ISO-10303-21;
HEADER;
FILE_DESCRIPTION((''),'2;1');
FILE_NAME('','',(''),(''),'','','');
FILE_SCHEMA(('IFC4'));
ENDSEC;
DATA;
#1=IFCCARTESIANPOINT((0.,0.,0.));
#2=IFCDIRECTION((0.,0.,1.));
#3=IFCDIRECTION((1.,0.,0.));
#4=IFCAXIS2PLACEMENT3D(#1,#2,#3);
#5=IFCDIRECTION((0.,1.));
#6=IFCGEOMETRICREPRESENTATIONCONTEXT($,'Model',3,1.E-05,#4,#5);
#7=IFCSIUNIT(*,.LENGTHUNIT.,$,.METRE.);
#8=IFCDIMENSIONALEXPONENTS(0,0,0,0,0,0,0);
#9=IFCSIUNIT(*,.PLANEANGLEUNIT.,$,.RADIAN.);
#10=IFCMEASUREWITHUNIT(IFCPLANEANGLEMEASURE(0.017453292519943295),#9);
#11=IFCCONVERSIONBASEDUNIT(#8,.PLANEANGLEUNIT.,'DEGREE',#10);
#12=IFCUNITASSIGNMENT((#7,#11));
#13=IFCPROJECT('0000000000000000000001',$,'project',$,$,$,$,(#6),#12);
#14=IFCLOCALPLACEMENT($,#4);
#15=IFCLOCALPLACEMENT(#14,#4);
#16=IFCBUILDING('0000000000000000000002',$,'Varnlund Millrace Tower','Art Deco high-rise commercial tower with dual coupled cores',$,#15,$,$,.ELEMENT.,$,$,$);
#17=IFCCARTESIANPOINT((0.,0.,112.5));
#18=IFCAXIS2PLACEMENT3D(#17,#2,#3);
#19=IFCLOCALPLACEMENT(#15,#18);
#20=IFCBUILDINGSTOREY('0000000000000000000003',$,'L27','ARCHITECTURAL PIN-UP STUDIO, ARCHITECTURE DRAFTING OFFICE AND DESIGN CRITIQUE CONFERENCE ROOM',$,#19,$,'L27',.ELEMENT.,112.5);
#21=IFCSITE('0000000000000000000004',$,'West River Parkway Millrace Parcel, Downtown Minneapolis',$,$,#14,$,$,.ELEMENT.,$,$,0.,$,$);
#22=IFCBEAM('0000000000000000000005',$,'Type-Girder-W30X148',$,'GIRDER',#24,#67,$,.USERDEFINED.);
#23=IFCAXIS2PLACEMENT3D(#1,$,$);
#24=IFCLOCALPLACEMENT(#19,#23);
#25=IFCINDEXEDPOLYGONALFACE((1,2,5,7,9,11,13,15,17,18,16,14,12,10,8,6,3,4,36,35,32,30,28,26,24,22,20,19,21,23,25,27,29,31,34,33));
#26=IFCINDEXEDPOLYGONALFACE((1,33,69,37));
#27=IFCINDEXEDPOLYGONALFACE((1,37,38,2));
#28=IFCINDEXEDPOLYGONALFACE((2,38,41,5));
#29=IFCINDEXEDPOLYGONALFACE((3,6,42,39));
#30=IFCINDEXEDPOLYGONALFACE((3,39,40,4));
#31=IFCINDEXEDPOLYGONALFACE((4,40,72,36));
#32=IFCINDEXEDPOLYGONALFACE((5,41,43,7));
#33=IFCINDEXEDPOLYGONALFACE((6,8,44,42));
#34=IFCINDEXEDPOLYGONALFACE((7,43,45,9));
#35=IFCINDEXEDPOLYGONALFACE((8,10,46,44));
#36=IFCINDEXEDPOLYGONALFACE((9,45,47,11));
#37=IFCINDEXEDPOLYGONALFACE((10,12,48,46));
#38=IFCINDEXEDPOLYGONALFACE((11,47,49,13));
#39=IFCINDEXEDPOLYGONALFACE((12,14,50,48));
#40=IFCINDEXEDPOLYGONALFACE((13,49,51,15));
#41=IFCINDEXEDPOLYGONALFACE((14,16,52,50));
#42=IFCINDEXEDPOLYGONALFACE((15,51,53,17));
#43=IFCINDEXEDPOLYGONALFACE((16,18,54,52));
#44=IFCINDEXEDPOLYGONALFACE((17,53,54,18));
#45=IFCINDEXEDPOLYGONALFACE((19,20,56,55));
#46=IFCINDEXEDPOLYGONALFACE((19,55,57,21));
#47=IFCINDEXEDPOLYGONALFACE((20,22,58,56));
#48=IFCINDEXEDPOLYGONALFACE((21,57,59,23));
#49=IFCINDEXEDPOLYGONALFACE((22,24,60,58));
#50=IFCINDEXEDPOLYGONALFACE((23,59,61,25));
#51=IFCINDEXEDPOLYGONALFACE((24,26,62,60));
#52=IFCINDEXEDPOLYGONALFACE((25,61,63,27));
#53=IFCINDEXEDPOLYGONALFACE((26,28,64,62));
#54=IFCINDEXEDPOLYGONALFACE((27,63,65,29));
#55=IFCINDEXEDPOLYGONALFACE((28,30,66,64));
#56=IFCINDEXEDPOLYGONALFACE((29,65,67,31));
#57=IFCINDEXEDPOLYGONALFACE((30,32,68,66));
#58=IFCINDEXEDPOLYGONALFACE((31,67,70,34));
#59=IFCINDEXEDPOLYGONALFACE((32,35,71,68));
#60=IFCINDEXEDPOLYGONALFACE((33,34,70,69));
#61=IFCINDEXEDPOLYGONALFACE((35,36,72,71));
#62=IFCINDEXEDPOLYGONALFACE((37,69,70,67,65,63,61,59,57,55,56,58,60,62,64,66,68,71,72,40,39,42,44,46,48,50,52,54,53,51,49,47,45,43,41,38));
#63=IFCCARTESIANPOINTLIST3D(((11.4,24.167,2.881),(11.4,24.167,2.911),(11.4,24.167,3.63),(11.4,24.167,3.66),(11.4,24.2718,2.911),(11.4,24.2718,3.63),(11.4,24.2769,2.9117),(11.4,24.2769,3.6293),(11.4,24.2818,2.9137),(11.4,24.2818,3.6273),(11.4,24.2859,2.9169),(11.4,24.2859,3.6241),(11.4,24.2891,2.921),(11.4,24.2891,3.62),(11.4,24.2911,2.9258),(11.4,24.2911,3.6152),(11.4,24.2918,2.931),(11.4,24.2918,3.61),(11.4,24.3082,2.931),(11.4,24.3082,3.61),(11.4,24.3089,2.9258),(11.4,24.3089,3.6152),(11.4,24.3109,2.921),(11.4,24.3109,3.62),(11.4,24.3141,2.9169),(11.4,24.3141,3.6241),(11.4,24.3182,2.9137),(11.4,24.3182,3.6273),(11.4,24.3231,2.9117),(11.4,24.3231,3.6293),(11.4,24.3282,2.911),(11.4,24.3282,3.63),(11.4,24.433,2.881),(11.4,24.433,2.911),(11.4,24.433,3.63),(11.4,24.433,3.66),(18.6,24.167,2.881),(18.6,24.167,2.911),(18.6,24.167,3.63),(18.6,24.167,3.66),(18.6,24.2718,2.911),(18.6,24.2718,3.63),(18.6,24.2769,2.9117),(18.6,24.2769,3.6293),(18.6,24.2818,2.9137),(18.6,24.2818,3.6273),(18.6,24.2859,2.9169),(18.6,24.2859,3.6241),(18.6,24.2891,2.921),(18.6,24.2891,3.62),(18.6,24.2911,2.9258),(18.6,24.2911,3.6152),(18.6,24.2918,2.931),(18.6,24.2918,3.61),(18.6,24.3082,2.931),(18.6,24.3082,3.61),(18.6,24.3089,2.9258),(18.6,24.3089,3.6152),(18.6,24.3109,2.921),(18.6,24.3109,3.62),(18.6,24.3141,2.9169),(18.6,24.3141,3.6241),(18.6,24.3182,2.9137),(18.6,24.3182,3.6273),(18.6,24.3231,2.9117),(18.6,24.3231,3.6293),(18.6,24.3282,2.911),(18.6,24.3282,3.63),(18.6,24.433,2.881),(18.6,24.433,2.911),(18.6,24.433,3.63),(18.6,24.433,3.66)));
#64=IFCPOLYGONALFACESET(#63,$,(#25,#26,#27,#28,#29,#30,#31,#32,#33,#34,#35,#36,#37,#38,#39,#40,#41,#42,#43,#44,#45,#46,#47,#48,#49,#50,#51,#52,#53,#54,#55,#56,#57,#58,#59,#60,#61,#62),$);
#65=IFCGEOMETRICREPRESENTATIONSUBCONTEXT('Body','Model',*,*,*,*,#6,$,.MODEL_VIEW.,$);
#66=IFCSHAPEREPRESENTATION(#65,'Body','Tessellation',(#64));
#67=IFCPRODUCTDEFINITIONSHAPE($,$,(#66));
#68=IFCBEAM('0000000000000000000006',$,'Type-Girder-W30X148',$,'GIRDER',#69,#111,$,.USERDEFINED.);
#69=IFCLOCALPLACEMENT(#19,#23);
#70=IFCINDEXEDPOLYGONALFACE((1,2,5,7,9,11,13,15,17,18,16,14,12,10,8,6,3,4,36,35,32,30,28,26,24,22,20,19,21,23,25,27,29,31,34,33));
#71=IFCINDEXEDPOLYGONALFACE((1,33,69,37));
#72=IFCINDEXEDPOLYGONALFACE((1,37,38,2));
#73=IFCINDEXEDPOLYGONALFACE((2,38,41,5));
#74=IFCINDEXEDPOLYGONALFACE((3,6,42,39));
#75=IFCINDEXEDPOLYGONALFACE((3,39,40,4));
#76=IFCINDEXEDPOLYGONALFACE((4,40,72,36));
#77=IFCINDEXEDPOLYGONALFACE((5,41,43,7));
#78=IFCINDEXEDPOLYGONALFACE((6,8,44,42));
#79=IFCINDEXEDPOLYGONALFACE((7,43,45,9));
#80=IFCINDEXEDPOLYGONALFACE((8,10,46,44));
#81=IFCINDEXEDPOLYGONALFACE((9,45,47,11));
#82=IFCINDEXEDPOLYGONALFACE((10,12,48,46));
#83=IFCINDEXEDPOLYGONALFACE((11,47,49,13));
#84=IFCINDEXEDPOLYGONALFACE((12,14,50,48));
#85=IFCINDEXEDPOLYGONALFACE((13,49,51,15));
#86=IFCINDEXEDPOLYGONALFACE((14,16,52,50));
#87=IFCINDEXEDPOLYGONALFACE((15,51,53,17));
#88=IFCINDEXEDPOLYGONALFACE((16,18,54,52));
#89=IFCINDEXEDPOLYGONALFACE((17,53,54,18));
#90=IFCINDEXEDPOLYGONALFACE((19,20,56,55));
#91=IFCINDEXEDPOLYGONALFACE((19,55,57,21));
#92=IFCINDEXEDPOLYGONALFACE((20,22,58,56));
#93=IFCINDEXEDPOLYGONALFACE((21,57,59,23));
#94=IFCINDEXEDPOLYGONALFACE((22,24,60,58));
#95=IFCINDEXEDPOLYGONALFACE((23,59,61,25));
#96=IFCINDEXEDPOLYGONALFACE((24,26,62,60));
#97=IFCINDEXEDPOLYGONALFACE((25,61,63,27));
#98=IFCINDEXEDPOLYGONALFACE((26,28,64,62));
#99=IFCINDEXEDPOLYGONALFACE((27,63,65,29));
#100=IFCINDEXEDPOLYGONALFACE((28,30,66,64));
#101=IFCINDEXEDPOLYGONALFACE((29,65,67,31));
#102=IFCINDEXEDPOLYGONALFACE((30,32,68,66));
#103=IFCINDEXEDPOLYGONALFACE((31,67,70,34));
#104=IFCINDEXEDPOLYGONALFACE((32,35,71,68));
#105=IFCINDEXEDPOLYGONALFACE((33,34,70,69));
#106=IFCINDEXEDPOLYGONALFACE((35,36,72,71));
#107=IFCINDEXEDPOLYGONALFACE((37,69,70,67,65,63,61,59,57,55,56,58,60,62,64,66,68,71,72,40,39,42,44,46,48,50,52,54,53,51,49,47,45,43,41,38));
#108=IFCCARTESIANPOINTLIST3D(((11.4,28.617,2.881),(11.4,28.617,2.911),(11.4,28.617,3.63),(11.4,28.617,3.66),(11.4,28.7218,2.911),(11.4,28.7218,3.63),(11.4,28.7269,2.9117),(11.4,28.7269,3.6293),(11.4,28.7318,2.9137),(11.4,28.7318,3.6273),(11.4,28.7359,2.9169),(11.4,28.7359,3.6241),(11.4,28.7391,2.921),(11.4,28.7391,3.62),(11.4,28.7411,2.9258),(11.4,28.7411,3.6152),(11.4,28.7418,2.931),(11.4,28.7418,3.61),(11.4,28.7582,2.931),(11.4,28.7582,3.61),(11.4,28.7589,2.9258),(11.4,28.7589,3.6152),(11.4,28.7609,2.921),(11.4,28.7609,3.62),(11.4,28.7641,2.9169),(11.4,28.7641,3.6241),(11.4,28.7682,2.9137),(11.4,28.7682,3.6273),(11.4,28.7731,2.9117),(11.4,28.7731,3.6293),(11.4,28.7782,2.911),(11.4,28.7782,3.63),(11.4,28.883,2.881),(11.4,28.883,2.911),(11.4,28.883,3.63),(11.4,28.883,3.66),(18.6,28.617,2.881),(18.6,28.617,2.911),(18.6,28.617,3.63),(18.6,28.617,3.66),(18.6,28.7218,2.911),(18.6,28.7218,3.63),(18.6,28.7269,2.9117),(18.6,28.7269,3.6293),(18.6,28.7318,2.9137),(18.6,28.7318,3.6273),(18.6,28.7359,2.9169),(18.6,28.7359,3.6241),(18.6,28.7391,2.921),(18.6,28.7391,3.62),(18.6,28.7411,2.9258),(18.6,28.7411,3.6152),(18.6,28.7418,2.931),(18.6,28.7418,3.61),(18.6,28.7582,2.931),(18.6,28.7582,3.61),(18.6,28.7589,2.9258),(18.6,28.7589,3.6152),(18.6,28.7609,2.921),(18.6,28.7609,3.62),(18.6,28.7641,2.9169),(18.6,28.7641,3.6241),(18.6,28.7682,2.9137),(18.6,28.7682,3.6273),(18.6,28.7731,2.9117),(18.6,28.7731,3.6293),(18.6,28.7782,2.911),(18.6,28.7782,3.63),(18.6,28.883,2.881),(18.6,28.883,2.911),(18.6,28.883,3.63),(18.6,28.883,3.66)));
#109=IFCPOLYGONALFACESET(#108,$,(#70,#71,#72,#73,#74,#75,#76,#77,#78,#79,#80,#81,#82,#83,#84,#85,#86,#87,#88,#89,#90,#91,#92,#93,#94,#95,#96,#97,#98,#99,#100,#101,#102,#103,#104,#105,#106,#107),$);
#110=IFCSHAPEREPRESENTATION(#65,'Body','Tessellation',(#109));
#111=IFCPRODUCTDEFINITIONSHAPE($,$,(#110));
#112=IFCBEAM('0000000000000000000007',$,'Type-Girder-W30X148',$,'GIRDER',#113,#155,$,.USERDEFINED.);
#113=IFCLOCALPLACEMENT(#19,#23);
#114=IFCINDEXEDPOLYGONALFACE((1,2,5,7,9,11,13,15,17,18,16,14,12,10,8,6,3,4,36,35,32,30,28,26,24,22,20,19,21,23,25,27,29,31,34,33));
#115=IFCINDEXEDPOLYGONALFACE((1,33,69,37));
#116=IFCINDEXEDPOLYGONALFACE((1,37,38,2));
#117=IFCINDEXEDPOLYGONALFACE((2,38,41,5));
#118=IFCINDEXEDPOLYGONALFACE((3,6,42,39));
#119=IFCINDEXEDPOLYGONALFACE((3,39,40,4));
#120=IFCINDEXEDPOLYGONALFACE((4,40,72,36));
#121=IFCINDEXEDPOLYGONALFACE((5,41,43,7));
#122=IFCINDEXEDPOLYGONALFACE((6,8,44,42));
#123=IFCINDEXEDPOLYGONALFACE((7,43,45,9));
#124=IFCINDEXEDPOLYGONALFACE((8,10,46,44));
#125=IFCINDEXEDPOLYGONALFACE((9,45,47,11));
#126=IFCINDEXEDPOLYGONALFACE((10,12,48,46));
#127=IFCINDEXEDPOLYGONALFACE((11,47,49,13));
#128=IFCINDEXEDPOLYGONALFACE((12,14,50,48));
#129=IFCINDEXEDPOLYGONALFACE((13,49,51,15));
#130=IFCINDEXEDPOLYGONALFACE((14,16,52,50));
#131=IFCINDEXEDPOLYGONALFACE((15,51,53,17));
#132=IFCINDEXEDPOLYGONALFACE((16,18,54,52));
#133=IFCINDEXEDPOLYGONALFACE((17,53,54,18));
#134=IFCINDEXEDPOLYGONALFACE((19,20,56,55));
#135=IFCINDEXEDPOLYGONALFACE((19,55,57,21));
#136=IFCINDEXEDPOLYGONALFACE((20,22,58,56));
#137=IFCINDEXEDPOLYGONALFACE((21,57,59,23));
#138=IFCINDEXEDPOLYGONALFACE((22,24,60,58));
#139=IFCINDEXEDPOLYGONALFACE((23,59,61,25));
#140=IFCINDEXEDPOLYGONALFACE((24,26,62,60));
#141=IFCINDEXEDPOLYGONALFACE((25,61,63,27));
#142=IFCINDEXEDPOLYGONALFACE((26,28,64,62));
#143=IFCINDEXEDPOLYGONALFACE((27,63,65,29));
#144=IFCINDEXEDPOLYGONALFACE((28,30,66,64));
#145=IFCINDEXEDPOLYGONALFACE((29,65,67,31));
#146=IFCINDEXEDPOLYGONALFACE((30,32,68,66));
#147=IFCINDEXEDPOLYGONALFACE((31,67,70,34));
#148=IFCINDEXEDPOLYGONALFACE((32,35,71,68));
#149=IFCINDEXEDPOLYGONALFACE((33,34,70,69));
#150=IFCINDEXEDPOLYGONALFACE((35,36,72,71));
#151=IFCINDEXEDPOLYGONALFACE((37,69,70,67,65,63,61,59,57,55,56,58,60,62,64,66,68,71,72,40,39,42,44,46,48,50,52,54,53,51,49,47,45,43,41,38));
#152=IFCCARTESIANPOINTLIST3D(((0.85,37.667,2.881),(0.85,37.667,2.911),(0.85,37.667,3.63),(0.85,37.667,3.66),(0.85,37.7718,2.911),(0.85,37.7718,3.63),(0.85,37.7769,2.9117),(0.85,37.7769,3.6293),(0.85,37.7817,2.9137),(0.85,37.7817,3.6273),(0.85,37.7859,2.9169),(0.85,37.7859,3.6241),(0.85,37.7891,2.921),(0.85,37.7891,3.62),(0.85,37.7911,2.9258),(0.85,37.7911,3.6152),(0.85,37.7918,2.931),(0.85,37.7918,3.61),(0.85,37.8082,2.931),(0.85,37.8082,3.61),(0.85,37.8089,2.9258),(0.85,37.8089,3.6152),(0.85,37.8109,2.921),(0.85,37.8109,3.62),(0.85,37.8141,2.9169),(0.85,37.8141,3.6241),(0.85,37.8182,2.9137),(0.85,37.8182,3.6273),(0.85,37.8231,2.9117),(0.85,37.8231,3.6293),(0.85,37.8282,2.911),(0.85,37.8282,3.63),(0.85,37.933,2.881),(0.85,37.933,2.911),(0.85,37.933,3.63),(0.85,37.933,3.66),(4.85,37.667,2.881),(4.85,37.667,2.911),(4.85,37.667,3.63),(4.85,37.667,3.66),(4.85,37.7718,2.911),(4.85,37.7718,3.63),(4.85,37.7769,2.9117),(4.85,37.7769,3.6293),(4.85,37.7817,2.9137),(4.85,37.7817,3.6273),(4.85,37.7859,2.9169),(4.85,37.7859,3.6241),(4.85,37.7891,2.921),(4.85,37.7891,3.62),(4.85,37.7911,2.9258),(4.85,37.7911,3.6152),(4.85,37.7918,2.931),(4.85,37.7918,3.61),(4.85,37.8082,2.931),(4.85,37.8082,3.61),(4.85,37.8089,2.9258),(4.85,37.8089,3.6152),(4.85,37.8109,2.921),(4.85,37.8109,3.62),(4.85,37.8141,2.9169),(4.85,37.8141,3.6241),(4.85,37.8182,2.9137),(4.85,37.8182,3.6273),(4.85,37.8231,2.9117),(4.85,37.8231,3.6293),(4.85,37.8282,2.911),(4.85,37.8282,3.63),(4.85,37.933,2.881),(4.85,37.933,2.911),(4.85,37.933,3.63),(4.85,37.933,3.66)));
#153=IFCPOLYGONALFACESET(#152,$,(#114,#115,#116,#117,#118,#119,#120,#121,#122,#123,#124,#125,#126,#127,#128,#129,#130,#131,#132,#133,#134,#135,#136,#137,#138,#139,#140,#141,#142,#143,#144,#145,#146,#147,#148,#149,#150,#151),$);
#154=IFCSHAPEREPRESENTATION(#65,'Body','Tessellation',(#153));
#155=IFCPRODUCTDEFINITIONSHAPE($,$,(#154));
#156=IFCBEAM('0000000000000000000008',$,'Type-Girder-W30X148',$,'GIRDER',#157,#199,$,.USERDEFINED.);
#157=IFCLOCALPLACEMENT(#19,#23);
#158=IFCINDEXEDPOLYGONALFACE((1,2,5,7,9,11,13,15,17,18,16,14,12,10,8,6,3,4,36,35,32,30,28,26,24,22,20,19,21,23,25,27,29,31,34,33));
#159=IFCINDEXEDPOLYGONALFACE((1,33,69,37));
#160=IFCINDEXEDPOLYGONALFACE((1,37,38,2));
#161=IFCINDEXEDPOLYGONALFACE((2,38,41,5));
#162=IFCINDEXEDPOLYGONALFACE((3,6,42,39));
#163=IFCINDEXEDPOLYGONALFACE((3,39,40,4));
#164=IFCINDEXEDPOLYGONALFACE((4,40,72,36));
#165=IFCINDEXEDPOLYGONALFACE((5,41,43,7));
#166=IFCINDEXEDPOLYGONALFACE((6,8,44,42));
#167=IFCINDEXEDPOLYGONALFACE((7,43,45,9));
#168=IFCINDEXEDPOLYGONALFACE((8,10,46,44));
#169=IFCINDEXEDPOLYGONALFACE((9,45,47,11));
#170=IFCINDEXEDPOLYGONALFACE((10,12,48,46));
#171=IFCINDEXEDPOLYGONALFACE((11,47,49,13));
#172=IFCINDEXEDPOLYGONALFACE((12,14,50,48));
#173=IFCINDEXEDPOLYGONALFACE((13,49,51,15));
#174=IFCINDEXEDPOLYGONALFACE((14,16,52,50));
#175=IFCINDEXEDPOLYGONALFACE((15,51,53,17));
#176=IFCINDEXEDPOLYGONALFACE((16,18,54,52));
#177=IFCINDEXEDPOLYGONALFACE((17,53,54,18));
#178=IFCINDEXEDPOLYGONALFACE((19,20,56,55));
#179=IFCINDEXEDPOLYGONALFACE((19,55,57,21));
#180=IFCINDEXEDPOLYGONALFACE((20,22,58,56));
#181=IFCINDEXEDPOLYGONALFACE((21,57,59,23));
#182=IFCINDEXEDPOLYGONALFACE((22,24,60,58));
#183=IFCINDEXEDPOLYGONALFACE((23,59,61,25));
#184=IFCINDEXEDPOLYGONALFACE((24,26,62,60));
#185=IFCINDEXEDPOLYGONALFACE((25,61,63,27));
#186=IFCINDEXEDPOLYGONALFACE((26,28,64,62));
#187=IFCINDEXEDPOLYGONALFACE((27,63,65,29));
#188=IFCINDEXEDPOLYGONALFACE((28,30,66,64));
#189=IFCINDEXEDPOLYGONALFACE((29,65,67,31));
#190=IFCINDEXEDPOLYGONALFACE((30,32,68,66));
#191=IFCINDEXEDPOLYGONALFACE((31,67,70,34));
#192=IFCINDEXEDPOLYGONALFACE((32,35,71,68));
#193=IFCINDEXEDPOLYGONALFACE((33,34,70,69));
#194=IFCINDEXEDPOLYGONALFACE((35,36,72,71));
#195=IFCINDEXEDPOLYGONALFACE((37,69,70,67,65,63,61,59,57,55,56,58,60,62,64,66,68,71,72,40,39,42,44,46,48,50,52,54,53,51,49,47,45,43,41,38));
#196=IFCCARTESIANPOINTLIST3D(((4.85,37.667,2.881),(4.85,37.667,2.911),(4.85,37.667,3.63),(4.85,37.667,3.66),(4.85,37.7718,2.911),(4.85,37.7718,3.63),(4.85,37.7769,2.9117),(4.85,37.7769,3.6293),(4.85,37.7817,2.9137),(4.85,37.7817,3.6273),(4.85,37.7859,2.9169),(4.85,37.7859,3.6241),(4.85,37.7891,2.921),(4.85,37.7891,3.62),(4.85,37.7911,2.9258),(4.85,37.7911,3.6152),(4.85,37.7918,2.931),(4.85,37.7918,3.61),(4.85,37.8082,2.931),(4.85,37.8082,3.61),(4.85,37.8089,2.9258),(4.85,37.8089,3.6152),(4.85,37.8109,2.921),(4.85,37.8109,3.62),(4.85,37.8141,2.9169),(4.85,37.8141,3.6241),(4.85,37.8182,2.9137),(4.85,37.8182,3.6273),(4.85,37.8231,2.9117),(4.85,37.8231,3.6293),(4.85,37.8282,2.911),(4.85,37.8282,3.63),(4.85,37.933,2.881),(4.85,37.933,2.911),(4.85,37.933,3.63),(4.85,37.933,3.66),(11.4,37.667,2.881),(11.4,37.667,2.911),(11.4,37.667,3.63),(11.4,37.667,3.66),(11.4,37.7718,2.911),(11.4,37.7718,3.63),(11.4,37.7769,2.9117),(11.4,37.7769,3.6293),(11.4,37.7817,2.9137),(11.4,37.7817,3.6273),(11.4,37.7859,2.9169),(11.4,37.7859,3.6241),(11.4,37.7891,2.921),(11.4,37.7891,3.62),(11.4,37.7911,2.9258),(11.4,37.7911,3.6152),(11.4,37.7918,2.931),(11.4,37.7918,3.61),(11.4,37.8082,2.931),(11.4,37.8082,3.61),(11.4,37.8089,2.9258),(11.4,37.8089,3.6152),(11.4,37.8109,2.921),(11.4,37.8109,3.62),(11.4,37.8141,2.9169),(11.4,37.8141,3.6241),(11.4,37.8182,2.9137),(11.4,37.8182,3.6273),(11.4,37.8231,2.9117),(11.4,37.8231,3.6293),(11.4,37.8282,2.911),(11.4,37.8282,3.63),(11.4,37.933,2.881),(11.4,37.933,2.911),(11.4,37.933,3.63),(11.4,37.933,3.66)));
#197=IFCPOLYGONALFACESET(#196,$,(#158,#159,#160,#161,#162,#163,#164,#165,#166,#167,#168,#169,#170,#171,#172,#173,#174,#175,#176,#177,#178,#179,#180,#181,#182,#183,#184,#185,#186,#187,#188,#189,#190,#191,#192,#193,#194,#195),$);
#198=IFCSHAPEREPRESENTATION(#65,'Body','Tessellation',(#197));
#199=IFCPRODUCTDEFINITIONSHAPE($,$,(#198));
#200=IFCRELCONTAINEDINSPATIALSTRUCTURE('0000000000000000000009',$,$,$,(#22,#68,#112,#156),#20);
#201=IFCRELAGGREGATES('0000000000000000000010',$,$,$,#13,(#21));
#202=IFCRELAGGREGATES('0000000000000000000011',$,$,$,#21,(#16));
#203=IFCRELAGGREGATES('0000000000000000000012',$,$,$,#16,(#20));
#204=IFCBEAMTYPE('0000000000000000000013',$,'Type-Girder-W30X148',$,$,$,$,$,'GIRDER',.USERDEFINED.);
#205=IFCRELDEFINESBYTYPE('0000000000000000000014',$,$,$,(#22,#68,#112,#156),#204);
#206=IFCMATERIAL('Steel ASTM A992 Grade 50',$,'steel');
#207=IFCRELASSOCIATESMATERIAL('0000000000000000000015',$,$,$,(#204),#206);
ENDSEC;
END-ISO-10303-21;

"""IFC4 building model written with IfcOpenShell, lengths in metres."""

from ifc_helpers import new_model, entity, si_unit, converted_unit, direction, frame, origin_with_axes, origin_2d_with_axis, place, context, subcontext, project, spatial, i_section, extrude, material, material_profile, profile_set, type_object, element, save


model = new_model("IFC4")

# Units and contexts
model_context = context("Model", 3, precision=1e-05, world=origin_with_axes(), true_north=direction((0.0, 1.0)))
body_context = subcontext(model_context, "Body", "Model", "MODEL_VIEW")
ifc_project = project(units=[si_unit("LENGTHUNIT", "METRE"), converted_unit("PLANEANGLEUNIT", "DEGREE", entity("IfcPlaneAngleMeasure", 0.017453292519943295), si_unit("PLANEANGLEUNIT", "RADIAN"), dimensions=[0, 0, 0, 0, 0, 0, 0])], contexts=[model_context])

# Site, building, storey
site_placement = place(None, origin_with_axes())
site = spatial("IfcSite", under=ifc_project, at=site_placement, Name="West River Parkway Millrace Parcel, Downtown Minneapolis", CompositionType="ELEMENT", RefElevation=0.0)
building_placement = place(site_placement, origin_with_axes())
building = spatial("IfcBuilding", under=site, at=building_placement, Name="Varnlund Millrace Tower", Description="Art Deco high-rise commercial tower with dual coupled cores", CompositionType="ELEMENT")
storey_placement = place(building_placement, frame((0.0, 0.0, 112.5), z_axis=(0.0, 0.0, 1.0), x_axis=(1.0, 0.0, 0.0)))
storey = spatial("IfcBuildingStorey", under=building, at=storey_placement, Name="L27", Description="ARCHITECTURAL PIN-UP STUDIO, ARCHITECTURE DRAFTING OFFICE AND DESIGN CRITIQUE CONFERENCE ROOM", LongName="L27", CompositionType="ELEMENT", Elevation=112.5)

# Beams
ifc_material_1 = material(Name="Steel ASTM A992 Grade 50", Category="steel")
ifc_material_profile_1 = material_profile(ifc_material_1, i_section(OverallWidth=0.266, OverallDepth=0.779, WebThickness=0.0165, FlangeThickness=0.03, FilletRadius=0.02, at=origin_2d_with_axis()), Name="Steel ASTM A992 Grade 50")
ifc_profile_set_1 = profile_set([ifc_material_profile_1], Name="Steel ASTM A992 Grade 50")
beam_type_1 = type_object("IfcBeamType", Name="Type-Girder-W30X148", ElementType="GIRDER", PredefinedType="USERDEFINED", material=ifc_profile_set_1)
for number, where, z_axis, x_axis, name in (
    (1, (11.4, 24.3, 3.2705), (1.0, 0.0, 0.0), (0.0, 1.0, 0.0), "Type-Girder-W30X148"),
    (2, (11.4, 28.75, 3.2705), (1.0, 0.0, 0.0), (0.0, 1.0, 0.0), "Type-Girder-W30X148"),
):
    element("IfcBeam", number, at=place(storey_placement, frame(where, z_axis=z_axis, x_axis=x_axis)), inside=storey, type_object=beam_type_1, Name=name, ObjectType="GIRDER", PredefinedType="USERDEFINED", context=body_context, shape_type="SweptSolid", body=[
        extrude(i_section(OverallWidth=0.266, OverallDepth=0.779, WebThickness=0.0165, FlangeThickness=0.03, FilletRadius=0.02, at=origin_2d_with_axis()), origin_with_axes(), (0.0, 0.0, 1.0), 7.2),
    ])
beam_1_placement = place(storey_placement, frame((0.85, 37.8, 3.2705), z_axis=(1.0, 0.0, 0.0), x_axis=(0.0, 1.0, 0.0)))
element("IfcBeam", 3, at=beam_1_placement, inside=storey, type_object=beam_type_1, Name="Type-Girder-W30X148", ObjectType="GIRDER", PredefinedType="USERDEFINED", context=body_context, shape_type="SweptSolid", body=[
    extrude(i_section(OverallWidth=0.266, OverallDepth=0.779, WebThickness=0.0165, FlangeThickness=0.03, FilletRadius=0.02, at=origin_2d_with_axis()), origin_with_axes(), (0.0, 0.0, 1.0), 4.0),
])
beam_2_placement = place(storey_placement, frame((4.85, 37.8, 3.2705), z_axis=(1.0, 0.0, 0.0), x_axis=(0.0, 1.0, 0.0)))
element("IfcBeam", 4, at=beam_2_placement, inside=storey, type_object=beam_type_1, Name="Type-Girder-W30X148", ObjectType="GIRDER", PredefinedType="USERDEFINED", context=body_context, shape_type="SweptSolid", body=[
    extrude(i_section(OverallWidth=0.266, OverallDepth=0.779, WebThickness=0.0165, FlangeThickness=0.03, FilletRadius=0.02, at=origin_2d_with_axis()), origin_with_axes(), (0.0, 0.0, 1.0), 6.55),
])

save(model, "model.ifc")
